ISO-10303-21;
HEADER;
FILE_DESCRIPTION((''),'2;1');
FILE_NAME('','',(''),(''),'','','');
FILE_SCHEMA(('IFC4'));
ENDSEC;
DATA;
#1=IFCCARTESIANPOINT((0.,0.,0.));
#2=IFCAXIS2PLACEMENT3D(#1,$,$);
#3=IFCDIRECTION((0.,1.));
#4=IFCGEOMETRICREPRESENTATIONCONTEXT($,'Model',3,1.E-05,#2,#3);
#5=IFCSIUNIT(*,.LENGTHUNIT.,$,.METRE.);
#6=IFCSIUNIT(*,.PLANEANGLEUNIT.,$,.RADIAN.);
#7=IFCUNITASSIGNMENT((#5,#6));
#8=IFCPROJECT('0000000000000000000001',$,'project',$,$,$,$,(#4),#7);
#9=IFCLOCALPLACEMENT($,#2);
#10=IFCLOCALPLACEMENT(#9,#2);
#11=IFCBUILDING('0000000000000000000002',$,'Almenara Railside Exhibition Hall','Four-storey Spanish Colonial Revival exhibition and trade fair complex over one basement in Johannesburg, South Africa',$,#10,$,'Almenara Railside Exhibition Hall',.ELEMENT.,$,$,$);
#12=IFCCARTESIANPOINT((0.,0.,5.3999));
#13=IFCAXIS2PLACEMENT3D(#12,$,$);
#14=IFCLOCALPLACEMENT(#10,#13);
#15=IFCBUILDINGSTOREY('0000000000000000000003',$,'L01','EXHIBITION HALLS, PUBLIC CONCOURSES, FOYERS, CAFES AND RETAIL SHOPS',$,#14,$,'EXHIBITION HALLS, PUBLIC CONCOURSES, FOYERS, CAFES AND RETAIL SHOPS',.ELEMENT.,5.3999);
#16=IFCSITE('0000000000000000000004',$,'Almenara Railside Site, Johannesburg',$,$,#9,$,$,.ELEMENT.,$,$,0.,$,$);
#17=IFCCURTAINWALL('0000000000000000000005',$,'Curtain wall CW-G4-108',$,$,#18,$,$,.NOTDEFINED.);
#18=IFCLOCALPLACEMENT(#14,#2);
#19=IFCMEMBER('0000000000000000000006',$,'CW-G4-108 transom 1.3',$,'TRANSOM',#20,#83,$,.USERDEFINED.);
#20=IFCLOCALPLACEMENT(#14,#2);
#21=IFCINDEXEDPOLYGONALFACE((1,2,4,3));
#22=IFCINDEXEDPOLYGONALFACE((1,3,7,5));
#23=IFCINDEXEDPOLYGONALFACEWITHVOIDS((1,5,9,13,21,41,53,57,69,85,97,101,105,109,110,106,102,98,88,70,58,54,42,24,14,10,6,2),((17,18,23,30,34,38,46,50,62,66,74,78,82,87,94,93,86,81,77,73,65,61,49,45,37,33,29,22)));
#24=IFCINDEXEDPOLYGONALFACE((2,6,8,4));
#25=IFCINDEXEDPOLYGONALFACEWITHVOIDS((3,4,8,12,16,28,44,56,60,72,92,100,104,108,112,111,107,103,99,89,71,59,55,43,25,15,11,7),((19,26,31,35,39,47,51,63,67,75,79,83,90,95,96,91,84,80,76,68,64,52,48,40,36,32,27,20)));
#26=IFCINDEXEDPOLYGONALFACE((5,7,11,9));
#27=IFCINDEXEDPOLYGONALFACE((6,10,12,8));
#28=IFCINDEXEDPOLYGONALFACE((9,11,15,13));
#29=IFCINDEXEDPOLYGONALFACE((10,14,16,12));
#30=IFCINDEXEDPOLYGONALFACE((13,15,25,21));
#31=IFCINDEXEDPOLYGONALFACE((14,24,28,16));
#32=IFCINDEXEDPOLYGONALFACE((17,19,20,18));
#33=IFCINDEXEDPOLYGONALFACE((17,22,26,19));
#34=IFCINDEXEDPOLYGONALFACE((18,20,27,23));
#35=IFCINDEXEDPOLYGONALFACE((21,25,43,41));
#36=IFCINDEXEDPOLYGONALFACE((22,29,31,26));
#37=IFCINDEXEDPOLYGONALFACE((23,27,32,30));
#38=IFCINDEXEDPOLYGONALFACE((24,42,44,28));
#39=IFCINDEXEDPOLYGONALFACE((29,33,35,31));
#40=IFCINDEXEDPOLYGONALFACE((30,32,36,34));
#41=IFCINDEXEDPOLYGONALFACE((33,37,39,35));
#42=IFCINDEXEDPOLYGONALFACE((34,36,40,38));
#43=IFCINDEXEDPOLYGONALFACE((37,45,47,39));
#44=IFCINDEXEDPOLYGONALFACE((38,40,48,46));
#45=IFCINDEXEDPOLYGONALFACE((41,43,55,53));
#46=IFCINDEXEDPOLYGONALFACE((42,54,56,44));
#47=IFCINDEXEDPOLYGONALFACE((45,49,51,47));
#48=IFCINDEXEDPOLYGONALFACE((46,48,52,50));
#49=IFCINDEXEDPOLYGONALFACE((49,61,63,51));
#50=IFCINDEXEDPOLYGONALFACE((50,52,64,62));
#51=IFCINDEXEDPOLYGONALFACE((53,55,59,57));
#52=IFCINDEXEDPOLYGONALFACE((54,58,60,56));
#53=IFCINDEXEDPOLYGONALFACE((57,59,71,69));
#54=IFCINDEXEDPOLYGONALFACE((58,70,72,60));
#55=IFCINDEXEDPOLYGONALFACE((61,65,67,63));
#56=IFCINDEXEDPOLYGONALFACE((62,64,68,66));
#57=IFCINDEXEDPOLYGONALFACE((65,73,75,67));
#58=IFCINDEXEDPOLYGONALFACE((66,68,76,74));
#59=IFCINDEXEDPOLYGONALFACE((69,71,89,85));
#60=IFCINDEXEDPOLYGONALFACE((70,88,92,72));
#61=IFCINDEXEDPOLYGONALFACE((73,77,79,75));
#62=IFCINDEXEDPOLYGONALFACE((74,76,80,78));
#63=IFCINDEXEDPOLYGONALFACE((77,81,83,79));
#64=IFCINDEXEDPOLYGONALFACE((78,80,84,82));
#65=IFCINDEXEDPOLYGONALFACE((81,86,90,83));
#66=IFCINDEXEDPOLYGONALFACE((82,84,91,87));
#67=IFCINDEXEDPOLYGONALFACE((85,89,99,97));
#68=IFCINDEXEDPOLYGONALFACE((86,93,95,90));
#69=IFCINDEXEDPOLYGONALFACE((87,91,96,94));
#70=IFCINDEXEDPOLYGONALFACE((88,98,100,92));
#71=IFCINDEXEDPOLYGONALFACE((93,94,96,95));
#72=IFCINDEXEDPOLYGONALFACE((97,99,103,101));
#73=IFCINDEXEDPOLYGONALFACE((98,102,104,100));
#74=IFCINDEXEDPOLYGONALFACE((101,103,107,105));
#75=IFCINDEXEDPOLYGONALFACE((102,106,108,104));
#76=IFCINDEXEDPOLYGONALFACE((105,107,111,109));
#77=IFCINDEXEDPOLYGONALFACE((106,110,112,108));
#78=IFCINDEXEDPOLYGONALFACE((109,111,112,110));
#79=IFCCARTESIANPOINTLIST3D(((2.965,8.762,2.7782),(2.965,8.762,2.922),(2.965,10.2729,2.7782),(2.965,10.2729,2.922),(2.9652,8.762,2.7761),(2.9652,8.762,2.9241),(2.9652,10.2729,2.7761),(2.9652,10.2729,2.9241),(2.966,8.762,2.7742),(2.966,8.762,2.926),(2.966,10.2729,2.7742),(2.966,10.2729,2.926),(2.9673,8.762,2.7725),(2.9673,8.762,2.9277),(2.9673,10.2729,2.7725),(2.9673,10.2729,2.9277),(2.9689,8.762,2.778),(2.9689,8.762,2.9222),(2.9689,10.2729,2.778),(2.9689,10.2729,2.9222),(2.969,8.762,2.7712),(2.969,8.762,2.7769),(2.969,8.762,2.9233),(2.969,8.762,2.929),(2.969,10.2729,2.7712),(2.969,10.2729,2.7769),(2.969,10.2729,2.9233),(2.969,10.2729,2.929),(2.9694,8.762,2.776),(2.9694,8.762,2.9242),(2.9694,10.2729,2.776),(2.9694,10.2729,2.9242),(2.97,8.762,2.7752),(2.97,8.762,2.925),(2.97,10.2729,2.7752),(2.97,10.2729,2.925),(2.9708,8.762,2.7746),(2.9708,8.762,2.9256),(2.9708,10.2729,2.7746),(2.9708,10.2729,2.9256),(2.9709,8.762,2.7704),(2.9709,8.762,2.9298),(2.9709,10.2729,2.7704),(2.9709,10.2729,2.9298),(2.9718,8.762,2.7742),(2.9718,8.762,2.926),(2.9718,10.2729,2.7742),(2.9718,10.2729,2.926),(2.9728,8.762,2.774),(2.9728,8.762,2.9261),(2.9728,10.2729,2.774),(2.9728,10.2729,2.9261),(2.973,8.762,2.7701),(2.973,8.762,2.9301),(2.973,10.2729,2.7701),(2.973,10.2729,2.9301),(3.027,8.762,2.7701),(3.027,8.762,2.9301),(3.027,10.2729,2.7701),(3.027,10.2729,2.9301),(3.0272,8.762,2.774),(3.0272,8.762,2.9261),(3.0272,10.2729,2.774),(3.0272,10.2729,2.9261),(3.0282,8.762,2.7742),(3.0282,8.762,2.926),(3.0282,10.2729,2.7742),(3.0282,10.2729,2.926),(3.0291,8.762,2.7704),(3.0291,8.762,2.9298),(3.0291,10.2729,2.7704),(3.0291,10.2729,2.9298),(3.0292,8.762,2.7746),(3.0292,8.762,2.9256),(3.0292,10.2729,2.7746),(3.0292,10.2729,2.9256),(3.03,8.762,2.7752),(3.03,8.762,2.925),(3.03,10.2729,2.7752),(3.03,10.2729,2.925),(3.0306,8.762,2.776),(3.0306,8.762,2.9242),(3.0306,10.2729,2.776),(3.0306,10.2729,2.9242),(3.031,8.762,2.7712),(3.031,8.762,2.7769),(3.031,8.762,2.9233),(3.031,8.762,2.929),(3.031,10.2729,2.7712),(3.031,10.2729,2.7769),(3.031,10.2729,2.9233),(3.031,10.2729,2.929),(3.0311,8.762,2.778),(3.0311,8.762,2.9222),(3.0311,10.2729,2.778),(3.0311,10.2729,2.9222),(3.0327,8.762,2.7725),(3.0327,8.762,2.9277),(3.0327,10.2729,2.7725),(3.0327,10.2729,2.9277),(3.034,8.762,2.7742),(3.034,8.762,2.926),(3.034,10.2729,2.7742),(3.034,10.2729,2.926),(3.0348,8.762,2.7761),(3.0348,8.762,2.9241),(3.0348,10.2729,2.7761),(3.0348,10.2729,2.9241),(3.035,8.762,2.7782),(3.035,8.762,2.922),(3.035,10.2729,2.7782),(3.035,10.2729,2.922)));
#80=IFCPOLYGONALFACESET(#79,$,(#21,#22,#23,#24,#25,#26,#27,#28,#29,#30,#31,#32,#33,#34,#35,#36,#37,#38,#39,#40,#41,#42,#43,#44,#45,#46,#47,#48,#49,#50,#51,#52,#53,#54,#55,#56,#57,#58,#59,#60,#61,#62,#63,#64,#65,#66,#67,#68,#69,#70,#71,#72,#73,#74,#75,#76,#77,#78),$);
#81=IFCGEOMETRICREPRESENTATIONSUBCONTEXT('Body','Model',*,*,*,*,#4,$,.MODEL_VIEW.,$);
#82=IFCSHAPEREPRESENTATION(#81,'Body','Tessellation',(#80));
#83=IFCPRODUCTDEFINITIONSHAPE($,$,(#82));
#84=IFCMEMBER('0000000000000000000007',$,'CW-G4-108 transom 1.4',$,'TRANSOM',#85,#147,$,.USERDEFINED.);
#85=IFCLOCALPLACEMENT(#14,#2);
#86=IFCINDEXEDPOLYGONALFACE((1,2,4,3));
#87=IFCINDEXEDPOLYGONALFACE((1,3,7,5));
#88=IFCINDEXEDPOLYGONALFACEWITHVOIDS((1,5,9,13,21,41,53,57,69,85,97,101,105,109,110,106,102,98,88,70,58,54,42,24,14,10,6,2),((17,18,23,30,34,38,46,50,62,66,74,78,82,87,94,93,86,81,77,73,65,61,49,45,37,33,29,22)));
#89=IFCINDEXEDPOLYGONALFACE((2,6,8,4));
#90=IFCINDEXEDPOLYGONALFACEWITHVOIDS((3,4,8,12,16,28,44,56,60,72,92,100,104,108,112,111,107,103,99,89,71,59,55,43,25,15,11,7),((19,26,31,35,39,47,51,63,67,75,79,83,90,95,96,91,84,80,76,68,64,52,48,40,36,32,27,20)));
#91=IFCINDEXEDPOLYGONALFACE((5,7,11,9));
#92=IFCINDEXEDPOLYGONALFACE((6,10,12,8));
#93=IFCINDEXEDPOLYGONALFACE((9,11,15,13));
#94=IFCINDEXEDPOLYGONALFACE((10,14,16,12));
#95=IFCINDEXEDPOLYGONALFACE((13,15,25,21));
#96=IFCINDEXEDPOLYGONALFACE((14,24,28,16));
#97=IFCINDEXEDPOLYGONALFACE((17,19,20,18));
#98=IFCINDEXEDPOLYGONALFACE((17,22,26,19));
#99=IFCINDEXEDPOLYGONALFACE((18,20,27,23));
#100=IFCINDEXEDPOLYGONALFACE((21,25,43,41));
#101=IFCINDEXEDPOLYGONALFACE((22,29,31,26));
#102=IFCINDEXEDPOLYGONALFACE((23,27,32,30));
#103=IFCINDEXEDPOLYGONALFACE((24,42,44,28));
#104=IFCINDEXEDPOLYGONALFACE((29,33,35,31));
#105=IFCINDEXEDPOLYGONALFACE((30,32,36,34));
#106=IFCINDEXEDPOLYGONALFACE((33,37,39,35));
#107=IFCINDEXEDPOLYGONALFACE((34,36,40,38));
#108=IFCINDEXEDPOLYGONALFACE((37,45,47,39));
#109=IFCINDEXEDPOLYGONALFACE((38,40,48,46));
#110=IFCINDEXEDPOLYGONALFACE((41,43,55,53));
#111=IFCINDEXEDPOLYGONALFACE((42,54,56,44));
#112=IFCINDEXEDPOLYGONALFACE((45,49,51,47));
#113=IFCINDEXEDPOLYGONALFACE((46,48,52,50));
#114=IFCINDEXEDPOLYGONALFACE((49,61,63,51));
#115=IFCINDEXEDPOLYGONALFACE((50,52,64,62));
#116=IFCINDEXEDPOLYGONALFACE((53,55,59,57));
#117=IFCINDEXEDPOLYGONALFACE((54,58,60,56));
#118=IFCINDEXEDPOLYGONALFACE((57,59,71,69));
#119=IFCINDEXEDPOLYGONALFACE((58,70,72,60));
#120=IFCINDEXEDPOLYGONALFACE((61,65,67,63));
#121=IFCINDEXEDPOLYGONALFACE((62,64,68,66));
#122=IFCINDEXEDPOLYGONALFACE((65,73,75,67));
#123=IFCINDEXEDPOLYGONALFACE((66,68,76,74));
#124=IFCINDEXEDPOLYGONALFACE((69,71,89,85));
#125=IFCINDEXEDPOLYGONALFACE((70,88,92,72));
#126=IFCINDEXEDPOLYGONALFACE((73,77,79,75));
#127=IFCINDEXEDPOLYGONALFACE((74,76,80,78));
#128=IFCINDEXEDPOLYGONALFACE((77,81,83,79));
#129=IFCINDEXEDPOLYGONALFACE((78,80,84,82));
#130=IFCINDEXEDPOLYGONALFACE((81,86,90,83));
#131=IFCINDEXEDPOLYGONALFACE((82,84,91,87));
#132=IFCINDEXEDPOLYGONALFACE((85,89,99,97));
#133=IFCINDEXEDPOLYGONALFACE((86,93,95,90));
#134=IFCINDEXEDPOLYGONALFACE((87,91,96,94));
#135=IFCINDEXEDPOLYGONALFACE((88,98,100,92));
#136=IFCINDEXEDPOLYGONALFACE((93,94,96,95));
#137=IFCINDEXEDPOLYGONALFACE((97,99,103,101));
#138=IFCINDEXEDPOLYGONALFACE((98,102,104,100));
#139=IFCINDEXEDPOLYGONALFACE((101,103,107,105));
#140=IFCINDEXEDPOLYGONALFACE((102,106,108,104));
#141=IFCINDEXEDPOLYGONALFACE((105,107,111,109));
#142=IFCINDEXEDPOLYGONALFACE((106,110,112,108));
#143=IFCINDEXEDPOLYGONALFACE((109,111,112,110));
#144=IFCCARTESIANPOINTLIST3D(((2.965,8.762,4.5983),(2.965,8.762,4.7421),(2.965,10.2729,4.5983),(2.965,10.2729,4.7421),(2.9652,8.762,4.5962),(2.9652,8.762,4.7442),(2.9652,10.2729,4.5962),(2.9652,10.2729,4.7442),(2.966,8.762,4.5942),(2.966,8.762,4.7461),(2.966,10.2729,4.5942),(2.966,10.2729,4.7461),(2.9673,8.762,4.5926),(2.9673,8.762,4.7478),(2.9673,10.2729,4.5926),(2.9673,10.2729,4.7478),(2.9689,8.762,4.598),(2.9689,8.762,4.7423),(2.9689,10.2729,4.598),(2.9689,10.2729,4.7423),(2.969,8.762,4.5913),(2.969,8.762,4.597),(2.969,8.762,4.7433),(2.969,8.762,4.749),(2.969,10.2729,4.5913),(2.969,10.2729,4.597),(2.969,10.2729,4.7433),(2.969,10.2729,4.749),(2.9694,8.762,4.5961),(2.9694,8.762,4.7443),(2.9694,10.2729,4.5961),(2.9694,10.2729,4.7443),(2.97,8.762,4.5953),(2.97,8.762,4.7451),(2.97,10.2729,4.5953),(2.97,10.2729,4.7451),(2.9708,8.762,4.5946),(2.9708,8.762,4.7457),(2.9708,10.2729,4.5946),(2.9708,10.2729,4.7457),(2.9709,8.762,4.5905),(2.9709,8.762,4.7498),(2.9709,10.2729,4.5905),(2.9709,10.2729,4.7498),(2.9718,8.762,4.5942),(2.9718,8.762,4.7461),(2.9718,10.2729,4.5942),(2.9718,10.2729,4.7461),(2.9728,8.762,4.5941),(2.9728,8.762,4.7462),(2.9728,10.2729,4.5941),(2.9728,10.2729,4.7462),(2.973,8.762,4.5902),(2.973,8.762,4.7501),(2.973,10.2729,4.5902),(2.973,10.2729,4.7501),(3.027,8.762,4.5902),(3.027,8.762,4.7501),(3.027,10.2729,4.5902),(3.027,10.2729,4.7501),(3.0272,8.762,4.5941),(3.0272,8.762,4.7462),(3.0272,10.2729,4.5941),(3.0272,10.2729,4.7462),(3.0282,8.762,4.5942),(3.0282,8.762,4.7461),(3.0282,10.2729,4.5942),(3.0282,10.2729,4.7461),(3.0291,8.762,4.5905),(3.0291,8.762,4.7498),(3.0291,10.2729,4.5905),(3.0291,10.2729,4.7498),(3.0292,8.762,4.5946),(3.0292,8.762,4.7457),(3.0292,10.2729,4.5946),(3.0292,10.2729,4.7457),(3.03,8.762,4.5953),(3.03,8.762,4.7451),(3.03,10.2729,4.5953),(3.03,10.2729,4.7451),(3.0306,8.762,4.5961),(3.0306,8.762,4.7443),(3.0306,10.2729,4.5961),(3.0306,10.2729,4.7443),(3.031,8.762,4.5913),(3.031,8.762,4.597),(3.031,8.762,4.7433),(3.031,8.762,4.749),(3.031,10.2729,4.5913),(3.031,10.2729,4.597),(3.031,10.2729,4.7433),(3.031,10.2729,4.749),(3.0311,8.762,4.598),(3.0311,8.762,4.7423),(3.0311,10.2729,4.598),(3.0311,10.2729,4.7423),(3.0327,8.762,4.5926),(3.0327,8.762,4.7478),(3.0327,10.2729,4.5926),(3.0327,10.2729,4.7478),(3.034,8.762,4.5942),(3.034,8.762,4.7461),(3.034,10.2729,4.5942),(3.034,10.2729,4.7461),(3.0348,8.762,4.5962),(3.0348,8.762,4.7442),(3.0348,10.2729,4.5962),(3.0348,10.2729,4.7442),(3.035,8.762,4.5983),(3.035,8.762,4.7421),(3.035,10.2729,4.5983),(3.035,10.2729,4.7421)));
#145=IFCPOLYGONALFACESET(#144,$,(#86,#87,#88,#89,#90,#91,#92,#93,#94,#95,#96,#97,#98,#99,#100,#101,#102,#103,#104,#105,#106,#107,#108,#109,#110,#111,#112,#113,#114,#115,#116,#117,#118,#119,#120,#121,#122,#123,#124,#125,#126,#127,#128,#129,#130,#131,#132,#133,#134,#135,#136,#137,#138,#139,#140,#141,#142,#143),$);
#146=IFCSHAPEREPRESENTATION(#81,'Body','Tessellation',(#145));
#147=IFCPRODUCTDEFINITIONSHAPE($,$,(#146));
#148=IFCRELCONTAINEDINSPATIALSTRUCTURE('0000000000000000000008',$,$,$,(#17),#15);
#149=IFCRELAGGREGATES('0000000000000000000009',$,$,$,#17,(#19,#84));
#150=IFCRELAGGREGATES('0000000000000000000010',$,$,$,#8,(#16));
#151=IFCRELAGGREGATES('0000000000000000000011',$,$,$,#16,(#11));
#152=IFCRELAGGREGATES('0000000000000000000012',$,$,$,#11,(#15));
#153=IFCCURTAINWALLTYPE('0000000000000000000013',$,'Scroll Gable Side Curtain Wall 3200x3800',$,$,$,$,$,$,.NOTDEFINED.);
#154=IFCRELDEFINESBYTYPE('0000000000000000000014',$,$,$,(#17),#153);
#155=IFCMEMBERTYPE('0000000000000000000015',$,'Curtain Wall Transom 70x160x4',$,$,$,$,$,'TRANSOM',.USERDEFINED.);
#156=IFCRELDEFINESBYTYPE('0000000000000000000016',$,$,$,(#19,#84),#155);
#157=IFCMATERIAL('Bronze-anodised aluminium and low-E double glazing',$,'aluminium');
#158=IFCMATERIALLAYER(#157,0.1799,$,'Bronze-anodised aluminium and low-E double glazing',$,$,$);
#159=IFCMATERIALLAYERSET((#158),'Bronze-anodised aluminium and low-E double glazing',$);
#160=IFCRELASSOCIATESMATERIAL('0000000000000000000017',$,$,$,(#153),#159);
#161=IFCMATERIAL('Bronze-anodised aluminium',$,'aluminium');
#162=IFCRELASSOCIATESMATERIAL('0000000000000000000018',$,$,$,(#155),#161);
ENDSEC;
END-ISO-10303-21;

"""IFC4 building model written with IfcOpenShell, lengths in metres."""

from ifc_helpers import new_model, si_unit, direction, frame, origin, origin_2d, place, context, subcontext, project, spatial, hollow_rectangle, extrude, material, layer, layer_set, material_profile, profile_set, type_object, element, aggregate, save


model = new_model("IFC4")

# Units and contexts
model_context = context("Model", 3, precision=1e-05, world=origin(), true_north=direction((0.0, 1.0)))
body_context = subcontext(model_context, "Body", "Model", "MODEL_VIEW")
ifc_project = project(units=[si_unit("LENGTHUNIT", "METRE"), si_unit("PLANEANGLEUNIT", "RADIAN")], contexts=[model_context])

# Site, building, storey
site_placement = place(None, origin())
site = spatial("IfcSite", under=ifc_project, at=site_placement, Name="Almenara Railside Site, Johannesburg", CompositionType="ELEMENT", RefElevation=0.0)
building_placement = place(site_placement, origin())
building = spatial("IfcBuilding", under=site, at=building_placement, Name="Almenara Railside Exhibition Hall", Description="Four-storey Spanish Colonial Revival exhibition and trade fair complex over one basement in Johannesburg, South Africa", LongName="Almenara Railside Exhibition Hall", CompositionType="ELEMENT")
storey_placement = place(building_placement, frame((0.0, 0.0, 5.3999)))
storey = spatial("IfcBuildingStorey", under=building, at=storey_placement, Name="L01", Description="EXHIBITION HALLS, PUBLIC CONCOURSES, FOYERS, CAFES AND RETAIL SHOPS", LongName="EXHIBITION HALLS, PUBLIC CONCOURSES, FOYERS, CAFES AND RETAIL SHOPS", CompositionType="ELEMENT", Elevation=5.3999)

# Shared definitions
ifc_material_1 = material(Name="Bronze-anodised aluminium and low-E double glazing", Category="aluminium")
ifc_material_2 = material(Name="Bronze-anodised aluminium", Category="aluminium")

# Curtain wall
ifc_layer_1 = layer(ifc_material_1, 0.1799, Name="Bronze-anodised aluminium and low-E double glazing")
ifc_layer_set_1 = layer_set([ifc_layer_1], Name="Bronze-anodised aluminium and low-E double glazing")
curtain_wall_type_1 = type_object("IfcCurtainWallType", Name="Scroll Gable Side Curtain Wall 3200x3800", PredefinedType="NOTDEFINED", material=ifc_layer_set_1)
curtain_wall_1_placement = place(storey_placement, origin())
curtain_wall_1 = element("IfcCurtainWall", 1, at=curtain_wall_1_placement, inside=storey, type_object=curtain_wall_type_1, Name="Curtain wall CW-G4-108", PredefinedType="NOTDEFINED")

# Members
ifc_material_profile_1 = material_profile(ifc_material_2, hollow_rectangle(XDim=0.0701, YDim=0.1599, WallThickness=0.0039, InnerFilletRadius=0.0039, OuterFilletRadius=0.0081, at=origin_2d()), Name="ALU-TRN 70x160x4")
ifc_profile_set_1 = profile_set([ifc_material_profile_1], Name="Bronze-anodised aluminium")
member_type_1 = type_object("IfcMemberType", Name="Curtain Wall Transom 70x160x4", ElementType="TRANSOM", PredefinedType="USERDEFINED", material=ifc_profile_set_1)
member_1_placement = place(storey_placement, frame((3.0, 8.762, 2.8501), z_axis=(0.0, 1.0, 0.0), x_axis=(-1.0, 0.0, 0.0)))
member_1 = element("IfcMember", 2, at=member_1_placement, type_object=member_type_1, Name="CW-G4-108 transom 1.3", ObjectType="TRANSOM", PredefinedType="USERDEFINED", context=body_context, shape_type="SweptSolid", body=[
    extrude(hollow_rectangle(XDim=0.0701, YDim=0.1599, WallThickness=0.0039, InnerFilletRadius=0.0039, OuterFilletRadius=0.0081, at=origin_2d()), origin(), (0.0, 0.0, 1.0), 1.511),
])
member_2_placement = place(storey_placement, frame((3.0, 8.762, 4.6702), z_axis=(0.0, 1.0, 0.0), x_axis=(-1.0, 0.0, 0.0)))
member_2 = element("IfcMember", 3, at=member_2_placement, type_object=member_type_1, Name="CW-G4-108 transom 1.4", ObjectType="TRANSOM", PredefinedType="USERDEFINED", context=body_context, shape_type="SweptSolid", body=[
    extrude(hollow_rectangle(XDim=0.0701, YDim=0.1599, WallThickness=0.0039, InnerFilletRadius=0.0039, OuterFilletRadius=0.0081, at=origin_2d()), origin(), (0.0, 0.0, 1.0), 1.511),
])

aggregate(curtain_wall_1, [member_1, member_2])

save(model, "model.ifc")
